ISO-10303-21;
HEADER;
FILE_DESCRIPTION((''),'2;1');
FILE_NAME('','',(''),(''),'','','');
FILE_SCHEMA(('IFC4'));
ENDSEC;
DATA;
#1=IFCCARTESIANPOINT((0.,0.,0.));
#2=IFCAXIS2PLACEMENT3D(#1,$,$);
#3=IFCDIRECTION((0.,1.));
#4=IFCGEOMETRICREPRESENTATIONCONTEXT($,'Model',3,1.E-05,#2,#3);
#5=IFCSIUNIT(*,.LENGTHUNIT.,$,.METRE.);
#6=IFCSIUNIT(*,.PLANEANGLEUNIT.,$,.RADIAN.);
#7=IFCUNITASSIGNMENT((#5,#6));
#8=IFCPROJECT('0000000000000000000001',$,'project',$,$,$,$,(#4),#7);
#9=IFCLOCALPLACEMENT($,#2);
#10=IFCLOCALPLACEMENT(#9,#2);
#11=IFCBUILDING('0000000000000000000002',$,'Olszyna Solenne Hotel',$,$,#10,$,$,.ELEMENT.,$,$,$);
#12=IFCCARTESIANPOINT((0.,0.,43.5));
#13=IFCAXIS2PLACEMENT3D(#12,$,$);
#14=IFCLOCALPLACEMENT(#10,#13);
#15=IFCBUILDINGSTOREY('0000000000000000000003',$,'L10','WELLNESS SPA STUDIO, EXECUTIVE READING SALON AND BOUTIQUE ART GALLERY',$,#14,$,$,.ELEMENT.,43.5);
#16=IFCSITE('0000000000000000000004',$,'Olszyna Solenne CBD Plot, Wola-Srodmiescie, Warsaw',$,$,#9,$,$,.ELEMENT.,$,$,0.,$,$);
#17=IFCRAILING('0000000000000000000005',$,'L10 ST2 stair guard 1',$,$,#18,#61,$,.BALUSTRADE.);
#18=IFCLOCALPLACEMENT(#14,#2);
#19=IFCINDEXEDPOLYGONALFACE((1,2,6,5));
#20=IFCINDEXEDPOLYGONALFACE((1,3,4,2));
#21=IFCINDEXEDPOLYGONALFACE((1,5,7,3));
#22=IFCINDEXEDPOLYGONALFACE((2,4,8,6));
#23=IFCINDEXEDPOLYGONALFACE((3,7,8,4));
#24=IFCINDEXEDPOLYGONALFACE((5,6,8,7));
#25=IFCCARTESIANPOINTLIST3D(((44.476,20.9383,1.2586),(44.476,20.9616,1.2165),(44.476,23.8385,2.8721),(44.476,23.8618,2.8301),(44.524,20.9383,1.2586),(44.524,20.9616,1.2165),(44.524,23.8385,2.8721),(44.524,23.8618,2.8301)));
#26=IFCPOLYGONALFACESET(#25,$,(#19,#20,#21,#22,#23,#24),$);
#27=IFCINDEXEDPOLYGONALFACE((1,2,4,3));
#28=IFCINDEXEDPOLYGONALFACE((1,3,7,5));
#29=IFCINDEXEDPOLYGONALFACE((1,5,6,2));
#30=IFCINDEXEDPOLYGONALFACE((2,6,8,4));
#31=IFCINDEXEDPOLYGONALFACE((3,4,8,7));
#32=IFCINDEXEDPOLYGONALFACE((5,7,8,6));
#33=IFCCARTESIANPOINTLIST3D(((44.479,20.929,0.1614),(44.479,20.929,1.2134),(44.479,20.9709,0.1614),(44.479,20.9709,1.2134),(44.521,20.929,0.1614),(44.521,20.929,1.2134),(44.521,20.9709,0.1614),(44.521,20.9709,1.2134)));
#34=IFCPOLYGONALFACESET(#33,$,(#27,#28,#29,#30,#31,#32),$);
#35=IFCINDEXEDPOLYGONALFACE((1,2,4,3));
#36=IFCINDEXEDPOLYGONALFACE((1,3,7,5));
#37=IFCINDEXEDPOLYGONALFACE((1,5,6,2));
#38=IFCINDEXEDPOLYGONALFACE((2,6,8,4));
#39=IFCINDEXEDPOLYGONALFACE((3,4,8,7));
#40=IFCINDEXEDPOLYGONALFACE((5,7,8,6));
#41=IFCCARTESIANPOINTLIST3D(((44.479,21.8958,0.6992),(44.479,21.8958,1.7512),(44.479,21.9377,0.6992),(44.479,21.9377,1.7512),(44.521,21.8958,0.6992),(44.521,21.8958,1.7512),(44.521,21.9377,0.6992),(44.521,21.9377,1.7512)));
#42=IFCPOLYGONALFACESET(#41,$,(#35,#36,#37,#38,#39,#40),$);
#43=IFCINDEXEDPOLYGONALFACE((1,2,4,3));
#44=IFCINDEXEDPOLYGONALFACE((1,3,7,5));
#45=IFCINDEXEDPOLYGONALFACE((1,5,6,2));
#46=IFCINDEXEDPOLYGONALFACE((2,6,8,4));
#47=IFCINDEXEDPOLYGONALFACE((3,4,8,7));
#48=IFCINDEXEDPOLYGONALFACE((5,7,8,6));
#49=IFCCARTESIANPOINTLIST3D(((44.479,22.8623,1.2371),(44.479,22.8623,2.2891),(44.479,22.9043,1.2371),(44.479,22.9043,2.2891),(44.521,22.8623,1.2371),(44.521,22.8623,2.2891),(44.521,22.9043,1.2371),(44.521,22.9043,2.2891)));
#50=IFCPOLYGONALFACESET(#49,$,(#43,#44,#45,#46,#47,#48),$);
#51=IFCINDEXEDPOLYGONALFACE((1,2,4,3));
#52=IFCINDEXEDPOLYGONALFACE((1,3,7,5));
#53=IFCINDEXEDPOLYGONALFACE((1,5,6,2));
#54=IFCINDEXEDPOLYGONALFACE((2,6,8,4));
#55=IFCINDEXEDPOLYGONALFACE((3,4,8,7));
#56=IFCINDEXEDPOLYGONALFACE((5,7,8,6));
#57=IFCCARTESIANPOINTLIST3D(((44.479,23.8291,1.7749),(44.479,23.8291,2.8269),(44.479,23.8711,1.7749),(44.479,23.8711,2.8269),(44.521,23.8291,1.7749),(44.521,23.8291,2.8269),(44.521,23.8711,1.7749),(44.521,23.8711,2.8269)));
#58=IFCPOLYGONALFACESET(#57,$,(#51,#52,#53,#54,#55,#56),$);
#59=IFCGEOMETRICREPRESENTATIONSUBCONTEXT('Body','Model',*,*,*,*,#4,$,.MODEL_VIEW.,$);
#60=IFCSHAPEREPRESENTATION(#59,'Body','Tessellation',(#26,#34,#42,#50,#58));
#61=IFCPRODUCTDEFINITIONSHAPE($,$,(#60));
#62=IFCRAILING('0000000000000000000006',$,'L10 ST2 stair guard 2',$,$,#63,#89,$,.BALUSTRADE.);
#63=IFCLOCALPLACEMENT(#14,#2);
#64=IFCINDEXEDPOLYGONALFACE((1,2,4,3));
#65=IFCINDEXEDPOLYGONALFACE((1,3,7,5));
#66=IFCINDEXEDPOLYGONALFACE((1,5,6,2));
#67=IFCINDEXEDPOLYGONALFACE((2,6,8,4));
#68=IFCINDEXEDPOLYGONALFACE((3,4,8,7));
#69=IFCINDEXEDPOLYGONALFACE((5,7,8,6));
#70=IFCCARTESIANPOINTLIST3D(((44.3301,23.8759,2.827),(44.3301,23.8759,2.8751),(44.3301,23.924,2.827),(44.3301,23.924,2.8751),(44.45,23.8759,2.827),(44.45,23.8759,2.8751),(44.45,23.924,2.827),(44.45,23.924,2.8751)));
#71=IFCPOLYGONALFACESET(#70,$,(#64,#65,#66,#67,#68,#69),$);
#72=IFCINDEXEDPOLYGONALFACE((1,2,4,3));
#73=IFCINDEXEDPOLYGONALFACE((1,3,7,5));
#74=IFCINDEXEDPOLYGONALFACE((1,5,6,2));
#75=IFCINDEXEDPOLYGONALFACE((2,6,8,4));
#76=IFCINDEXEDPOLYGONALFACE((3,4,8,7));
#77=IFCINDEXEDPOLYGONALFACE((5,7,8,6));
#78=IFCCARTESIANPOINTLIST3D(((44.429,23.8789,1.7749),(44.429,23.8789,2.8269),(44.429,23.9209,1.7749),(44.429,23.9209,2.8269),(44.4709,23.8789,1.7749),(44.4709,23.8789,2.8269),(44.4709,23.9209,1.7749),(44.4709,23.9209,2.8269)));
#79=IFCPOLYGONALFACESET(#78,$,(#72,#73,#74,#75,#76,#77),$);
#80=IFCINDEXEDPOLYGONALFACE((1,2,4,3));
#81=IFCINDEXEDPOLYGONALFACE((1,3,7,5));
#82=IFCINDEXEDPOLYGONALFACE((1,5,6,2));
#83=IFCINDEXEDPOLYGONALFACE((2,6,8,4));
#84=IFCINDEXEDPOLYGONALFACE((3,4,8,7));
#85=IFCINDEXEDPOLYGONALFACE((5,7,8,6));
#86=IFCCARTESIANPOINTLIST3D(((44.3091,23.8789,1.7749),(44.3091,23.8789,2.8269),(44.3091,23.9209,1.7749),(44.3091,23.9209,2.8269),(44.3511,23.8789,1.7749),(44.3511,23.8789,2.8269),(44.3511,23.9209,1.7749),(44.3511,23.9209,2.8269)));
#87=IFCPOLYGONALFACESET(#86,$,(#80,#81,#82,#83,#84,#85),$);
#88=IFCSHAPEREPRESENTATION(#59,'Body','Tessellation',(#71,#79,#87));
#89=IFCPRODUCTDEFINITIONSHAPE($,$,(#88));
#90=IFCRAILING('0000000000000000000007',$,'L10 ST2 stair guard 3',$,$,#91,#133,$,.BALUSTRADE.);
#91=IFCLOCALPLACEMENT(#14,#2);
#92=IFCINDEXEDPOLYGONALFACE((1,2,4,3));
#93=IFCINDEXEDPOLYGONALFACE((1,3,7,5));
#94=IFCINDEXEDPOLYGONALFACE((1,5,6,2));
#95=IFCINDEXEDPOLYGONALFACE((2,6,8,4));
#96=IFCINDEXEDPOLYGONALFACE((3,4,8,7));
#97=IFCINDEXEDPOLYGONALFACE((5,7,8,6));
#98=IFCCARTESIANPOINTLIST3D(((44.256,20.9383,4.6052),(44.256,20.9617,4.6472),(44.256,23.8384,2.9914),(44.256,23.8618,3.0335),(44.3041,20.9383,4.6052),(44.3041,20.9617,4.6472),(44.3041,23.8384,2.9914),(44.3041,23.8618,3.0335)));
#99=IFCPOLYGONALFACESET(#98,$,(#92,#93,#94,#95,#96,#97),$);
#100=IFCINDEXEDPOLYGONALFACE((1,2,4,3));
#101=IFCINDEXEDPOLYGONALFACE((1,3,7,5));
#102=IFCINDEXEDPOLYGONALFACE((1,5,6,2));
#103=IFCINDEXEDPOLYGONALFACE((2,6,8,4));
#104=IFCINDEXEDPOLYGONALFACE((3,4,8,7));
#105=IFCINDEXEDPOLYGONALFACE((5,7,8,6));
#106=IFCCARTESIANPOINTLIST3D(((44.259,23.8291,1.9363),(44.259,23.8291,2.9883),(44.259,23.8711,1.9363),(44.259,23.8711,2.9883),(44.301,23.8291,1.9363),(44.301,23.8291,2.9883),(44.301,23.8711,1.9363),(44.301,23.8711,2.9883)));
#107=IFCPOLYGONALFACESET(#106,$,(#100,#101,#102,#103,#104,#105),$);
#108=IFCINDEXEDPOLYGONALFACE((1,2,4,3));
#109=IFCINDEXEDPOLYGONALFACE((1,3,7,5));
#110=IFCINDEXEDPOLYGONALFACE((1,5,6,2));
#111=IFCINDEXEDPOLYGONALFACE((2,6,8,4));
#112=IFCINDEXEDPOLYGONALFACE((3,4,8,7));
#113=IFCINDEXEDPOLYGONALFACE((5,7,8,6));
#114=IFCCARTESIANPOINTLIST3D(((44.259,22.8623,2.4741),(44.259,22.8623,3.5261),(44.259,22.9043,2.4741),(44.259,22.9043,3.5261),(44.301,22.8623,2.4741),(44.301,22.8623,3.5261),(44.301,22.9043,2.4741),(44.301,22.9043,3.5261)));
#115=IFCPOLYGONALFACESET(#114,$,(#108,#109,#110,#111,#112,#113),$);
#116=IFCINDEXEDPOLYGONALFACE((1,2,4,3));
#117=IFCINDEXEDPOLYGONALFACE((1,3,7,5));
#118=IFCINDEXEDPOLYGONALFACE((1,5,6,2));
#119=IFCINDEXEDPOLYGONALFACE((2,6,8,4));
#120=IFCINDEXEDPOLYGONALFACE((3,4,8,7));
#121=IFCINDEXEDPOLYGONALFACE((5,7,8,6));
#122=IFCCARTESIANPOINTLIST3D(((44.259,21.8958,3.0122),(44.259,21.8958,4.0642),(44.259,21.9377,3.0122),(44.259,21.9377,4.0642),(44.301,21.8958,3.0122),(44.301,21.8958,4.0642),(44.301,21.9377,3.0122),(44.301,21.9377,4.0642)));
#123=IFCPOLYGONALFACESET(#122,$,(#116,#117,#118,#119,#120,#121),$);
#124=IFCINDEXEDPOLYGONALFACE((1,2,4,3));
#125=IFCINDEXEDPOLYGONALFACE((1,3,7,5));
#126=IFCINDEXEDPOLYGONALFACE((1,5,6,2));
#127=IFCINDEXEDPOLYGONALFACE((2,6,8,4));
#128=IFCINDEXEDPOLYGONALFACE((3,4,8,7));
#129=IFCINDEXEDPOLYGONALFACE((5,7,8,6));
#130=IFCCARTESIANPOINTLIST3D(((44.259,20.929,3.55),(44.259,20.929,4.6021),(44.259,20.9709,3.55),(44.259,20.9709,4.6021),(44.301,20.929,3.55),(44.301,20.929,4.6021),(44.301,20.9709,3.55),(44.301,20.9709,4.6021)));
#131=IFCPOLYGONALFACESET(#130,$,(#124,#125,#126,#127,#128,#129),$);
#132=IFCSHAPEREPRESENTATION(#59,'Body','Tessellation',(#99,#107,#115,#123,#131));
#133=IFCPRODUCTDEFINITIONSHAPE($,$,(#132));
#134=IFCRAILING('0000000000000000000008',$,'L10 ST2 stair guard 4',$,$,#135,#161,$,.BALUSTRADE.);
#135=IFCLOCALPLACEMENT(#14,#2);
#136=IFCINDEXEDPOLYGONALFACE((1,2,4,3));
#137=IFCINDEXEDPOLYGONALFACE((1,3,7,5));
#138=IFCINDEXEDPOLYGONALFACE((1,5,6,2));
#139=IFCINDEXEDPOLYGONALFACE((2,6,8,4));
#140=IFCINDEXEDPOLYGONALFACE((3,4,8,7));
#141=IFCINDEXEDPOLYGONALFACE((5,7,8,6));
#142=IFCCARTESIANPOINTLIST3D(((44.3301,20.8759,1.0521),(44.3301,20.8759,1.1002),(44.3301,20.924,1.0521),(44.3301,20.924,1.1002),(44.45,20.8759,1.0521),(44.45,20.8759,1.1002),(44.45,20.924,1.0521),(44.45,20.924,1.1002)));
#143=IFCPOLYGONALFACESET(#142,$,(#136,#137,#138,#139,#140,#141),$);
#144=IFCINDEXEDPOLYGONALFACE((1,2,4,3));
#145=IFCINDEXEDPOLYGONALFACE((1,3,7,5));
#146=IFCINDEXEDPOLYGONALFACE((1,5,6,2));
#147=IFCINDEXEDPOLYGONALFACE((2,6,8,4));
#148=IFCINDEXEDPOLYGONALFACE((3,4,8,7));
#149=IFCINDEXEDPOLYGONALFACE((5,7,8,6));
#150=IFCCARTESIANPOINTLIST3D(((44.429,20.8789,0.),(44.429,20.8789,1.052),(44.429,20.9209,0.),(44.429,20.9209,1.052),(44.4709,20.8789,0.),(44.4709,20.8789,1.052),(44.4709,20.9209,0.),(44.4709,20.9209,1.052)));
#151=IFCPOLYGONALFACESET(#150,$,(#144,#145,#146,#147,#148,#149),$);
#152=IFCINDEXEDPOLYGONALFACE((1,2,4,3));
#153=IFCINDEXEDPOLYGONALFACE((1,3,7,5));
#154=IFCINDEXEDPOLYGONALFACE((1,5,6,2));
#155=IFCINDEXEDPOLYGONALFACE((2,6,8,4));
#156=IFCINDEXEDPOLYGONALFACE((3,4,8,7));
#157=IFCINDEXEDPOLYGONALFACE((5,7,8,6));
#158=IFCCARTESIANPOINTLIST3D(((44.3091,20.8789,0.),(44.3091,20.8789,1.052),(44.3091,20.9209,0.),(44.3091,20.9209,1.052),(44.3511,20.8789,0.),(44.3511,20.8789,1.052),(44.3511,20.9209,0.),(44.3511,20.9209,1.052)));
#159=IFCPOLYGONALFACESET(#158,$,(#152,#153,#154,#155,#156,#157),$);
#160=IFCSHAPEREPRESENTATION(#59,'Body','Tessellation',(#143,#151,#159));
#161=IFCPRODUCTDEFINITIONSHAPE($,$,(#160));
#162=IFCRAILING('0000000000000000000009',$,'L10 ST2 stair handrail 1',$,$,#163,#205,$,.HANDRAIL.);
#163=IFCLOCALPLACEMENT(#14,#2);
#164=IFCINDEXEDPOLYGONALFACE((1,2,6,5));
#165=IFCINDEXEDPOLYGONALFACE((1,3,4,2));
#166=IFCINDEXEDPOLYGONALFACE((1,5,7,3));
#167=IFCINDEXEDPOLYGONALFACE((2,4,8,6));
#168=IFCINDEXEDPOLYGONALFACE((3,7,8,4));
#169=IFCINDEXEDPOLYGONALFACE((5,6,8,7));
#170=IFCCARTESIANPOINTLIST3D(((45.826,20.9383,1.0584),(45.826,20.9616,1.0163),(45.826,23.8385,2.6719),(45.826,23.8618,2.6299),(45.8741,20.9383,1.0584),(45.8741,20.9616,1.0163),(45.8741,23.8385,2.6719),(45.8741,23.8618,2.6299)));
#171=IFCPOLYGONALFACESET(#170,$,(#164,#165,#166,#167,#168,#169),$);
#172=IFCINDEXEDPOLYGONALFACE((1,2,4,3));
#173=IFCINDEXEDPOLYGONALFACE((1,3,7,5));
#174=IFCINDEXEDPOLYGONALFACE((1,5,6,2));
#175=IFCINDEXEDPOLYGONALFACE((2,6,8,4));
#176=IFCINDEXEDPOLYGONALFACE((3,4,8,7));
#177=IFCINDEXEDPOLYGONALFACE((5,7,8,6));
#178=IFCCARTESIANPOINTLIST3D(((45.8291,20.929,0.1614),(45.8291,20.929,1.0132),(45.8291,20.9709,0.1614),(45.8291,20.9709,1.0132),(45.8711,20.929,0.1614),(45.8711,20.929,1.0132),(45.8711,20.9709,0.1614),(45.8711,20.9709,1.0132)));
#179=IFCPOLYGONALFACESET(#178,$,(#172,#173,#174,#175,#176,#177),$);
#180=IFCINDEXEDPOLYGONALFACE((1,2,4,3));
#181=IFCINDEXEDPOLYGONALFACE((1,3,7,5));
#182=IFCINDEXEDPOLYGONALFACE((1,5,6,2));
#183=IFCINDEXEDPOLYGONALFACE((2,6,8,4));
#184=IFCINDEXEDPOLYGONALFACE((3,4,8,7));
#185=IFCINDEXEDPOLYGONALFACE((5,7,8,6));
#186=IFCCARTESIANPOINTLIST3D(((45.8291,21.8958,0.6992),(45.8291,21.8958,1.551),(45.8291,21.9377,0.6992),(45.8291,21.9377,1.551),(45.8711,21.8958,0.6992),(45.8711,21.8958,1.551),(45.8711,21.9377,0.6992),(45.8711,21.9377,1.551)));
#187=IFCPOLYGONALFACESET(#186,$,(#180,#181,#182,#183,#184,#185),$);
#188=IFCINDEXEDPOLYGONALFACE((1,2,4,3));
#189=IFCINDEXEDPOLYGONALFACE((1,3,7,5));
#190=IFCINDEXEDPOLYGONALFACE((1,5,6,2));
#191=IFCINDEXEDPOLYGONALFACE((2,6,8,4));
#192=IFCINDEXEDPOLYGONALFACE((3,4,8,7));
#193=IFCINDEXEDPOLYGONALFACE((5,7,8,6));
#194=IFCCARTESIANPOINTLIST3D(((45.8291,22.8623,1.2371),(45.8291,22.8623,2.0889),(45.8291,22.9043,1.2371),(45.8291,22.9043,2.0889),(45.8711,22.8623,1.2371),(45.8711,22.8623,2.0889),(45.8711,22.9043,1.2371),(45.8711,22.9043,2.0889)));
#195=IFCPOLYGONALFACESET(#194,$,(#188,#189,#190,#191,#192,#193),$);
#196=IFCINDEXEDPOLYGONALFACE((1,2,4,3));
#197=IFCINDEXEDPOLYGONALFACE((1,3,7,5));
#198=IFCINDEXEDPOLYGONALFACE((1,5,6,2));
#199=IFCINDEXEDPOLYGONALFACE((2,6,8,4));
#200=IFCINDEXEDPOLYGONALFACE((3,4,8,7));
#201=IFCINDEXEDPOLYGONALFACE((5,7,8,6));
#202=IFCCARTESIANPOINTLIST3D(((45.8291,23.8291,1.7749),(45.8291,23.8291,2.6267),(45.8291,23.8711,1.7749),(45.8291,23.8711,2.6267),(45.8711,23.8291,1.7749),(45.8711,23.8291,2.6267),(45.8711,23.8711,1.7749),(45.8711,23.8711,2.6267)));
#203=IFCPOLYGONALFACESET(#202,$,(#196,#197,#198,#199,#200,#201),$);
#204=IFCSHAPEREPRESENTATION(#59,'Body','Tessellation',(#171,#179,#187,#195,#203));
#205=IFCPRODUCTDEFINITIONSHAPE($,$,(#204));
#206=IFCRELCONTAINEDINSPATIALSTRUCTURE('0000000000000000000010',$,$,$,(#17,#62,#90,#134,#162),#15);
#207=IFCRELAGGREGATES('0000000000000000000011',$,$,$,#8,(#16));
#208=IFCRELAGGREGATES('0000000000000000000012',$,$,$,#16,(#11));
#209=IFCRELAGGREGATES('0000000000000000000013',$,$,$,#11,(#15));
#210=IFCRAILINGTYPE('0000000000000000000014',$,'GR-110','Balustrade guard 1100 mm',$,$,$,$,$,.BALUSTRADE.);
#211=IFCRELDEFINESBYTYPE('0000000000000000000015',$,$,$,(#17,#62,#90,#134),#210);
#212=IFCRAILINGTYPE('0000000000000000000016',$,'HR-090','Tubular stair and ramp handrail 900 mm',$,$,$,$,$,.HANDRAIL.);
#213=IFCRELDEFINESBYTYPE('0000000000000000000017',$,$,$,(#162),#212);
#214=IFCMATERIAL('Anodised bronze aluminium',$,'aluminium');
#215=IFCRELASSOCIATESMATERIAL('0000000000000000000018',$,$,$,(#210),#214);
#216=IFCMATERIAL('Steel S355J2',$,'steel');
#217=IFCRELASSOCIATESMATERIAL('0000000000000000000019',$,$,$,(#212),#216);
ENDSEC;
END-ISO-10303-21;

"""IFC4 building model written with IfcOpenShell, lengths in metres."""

from ifc_helpers import new_model, si_unit, direction, frame, origin, origin_2d, place, context, subcontext, project, spatial, rectangle, extrude, material, type_object, element, save


model = new_model("IFC4")

# Units and contexts
model_context = context("Model", 3, precision=1e-05, world=origin(), true_north=direction((0.0, 1.0)))
body_context = subcontext(model_context, "Body", "Model", "MODEL_VIEW")
ifc_project = project(units=[si_unit("LENGTHUNIT", "METRE"), si_unit("PLANEANGLEUNIT", "RADIAN")], contexts=[model_context])

# Site, building, storey
site_placement = place(None, origin())
site = spatial("IfcSite", under=ifc_project, at=site_placement, Name="Olszyna Solenne CBD Plot, Wola-Srodmiescie, Warsaw", CompositionType="ELEMENT", RefElevation=0.0)
building_placement = place(site_placement, origin())
building = spatial("IfcBuilding", under=site, at=building_placement, Name="Olszyna Solenne Hotel", CompositionType="ELEMENT")
storey_placement = place(building_placement, frame((0.0, 0.0, 43.5)))
storey = spatial("IfcBuildingStorey", under=building, at=storey_placement, Name="L10", Description="WELLNESS SPA STUDIO, EXECUTIVE READING SALON AND BOUTIQUE ART GALLERY", CompositionType="ELEMENT", Elevation=43.5)

# Shared definitions
ifc_material_1 = material(Name="Steel S355J2", Category="steel")

# Shared definitions
ifc_material_2 = material(Name="Anodised bronze aluminium", Category="aluminium")

# Railings
railing_type_1 = type_object("IfcRailingType", Name="GR-110", Description="Balustrade guard 1100 mm", PredefinedType="BALUSTRADE", material=ifc_material_2)
railing_1_placement = place(storey_placement, frame((44.5, 20.95, 0.1614)))
element("IfcRailing", 1, at=railing_1_placement, inside=storey, type_object=railing_type_1, Name="L10 ST2 stair guard 1", PredefinedType="BALUSTRADE", context=body_context, shape_type="SweptSolid", body=[
    extrude(rectangle(XDim=0.0481, YDim=0.0481, at=origin_2d()), frame((0.0, 0.0, 1.0762), z_axis=(0.0, 0.873859, 0.48618), x_axis=(-1.0, 0.0, 0.0)), (0.0, 0.0, 1.0), 3.3188),
    extrude(rectangle(XDim=0.042, YDim=0.042, at=origin_2d()), origin(), (0.0, 0.0, 1.0), 1.052),
    extrude(rectangle(XDim=0.042, YDim=0.042, at=origin_2d()), frame((0.0, 0.9668, 0.5378)), (0.0, 0.0, 1.0), 1.052),
    extrude(rectangle(XDim=0.042, YDim=0.042, at=origin_2d()), frame((0.0, 1.9333, 1.0757)), (0.0, 0.0, 1.0), 1.052),
    extrude(rectangle(XDim=0.042, YDim=0.042, at=origin_2d()), frame((0.0, 2.9001, 1.6135)), (0.0, 0.0, 1.0), 1.052),
])
railing_2_placement = place(storey_placement, frame((44.45, 23.8999, 1.7749)))
element("IfcRailing", 2, at=railing_2_placement, inside=storey, type_object=railing_type_1, Name="L10 ST2 stair guard 2", PredefinedType="BALUSTRADE", context=body_context, shape_type="SweptSolid", body=[
    extrude(rectangle(XDim=0.0481, YDim=0.0481, at=origin_2d()), frame((0.0, 0.0, 1.0762), z_axis=(-1.0, 0.0, 0.0), x_axis=(0.0, -1.0, 0.0)), (0.0, 0.0, 1.0), 0.1199),
    extrude(rectangle(XDim=0.042, YDim=0.042, at=origin_2d()), origin(), (0.0, 0.0, 1.0), 1.052),
    extrude(rectangle(XDim=0.042, YDim=0.042, at=origin_2d()), frame((-0.1199, 0.0, 0.0)), (0.0, 0.0, 1.0), 1.052),
])
railing_3_placement = place(storey_placement, frame((44.28, 23.8501, 1.9363)))
element("IfcRailing", 3, at=railing_3_placement, inside=storey, type_object=railing_type_1, Name="L10 ST2 stair guard 3", PredefinedType="BALUSTRADE", context=body_context, shape_type="SweptSolid", body=[
    extrude(rectangle(XDim=0.0481, YDim=0.0481, at=origin_2d()), frame((0.0, 0.0, 1.0762), z_axis=(0.0, -0.873827, 0.486236), x_axis=(1.0, 0.0, 0.0)), (0.0, 0.0, 1.0), 3.3188),
    extrude(rectangle(XDim=0.042, YDim=0.042, at=origin_2d()), origin(), (0.0, 0.0, 1.0), 1.052),
    extrude(rectangle(XDim=0.042, YDim=0.042, at=origin_2d()), frame((0.0, -0.9668, 0.5378)), (0.0, 0.0, 1.0), 1.052),
    extrude(rectangle(XDim=0.042, YDim=0.042, at=origin_2d()), frame((0.0, -1.9333, 1.0759)), (0.0, 0.0, 1.0), 1.052),
    extrude(rectangle(XDim=0.042, YDim=0.042, at=origin_2d()), frame((0.0, -2.9001, 1.6138)), (0.0, 0.0, 1.0), 1.052),
])
railing_4_placement = place(storey_placement, frame((44.45, 20.8999, 0.0)))
element("IfcRailing", 4, at=railing_4_placement, inside=storey, type_object=railing_type_1, Name="L10 ST2 stair guard 4", PredefinedType="BALUSTRADE", context=body_context, shape_type="SweptSolid", body=[
    extrude(rectangle(XDim=0.0481, YDim=0.0481, at=origin_2d()), frame((0.0, 0.0, 1.0762), z_axis=(-1.0, 0.0, 0.0), x_axis=(0.0, -1.0, 0.0)), (0.0, 0.0, 1.0), 0.1199),
    extrude(rectangle(XDim=0.042, YDim=0.042, at=origin_2d()), origin(), (0.0, 0.0, 1.0), 1.052),
    extrude(rectangle(XDim=0.042, YDim=0.042, at=origin_2d()), frame((-0.1199, 0.0, 0.0)), (0.0, 0.0, 1.0), 1.052),
])
railing_type_2 = type_object("IfcRailingType", Name="HR-090", Description="Tubular stair and ramp handrail 900 mm", PredefinedType="HANDRAIL", material=ifc_material_1)
railing_5_placement = place(storey_placement, frame((45.8501, 20.95, 0.1614)))
element("IfcRailing", 5, at=railing_5_placement, inside=storey, type_object=railing_type_2, Name="L10 ST2 stair handrail 1", PredefinedType="HANDRAIL", context=body_context, shape_type="SweptSolid", body=[
    extrude(rectangle(XDim=0.0481, YDim=0.0481, at=origin_2d()), frame((0.0, 0.0, 0.876), z_axis=(0.0, 0.873859, 0.48618), x_axis=(-1.0, 0.0, 0.0)), (0.0, 0.0, 1.0), 3.3188),
    extrude(rectangle(XDim=0.042, YDim=0.042, at=origin_2d()), origin(), (0.0, 0.0, 1.0), 0.8518),
    extrude(rectangle(XDim=0.042, YDim=0.042, at=origin_2d()), frame((0.0, 0.9668, 0.5378)), (0.0, 0.0, 1.0), 0.8518),
    extrude(rectangle(XDim=0.042, YDim=0.042, at=origin_2d()), frame((0.0, 1.9333, 1.0757)), (0.0, 0.0, 1.0), 0.8518),
    extrude(rectangle(XDim=0.042, YDim=0.042, at=origin_2d()), frame((0.0, 2.9001, 1.6135)), (0.0, 0.0, 1.0), 0.8518),
])

save(model, "model.ifc")
